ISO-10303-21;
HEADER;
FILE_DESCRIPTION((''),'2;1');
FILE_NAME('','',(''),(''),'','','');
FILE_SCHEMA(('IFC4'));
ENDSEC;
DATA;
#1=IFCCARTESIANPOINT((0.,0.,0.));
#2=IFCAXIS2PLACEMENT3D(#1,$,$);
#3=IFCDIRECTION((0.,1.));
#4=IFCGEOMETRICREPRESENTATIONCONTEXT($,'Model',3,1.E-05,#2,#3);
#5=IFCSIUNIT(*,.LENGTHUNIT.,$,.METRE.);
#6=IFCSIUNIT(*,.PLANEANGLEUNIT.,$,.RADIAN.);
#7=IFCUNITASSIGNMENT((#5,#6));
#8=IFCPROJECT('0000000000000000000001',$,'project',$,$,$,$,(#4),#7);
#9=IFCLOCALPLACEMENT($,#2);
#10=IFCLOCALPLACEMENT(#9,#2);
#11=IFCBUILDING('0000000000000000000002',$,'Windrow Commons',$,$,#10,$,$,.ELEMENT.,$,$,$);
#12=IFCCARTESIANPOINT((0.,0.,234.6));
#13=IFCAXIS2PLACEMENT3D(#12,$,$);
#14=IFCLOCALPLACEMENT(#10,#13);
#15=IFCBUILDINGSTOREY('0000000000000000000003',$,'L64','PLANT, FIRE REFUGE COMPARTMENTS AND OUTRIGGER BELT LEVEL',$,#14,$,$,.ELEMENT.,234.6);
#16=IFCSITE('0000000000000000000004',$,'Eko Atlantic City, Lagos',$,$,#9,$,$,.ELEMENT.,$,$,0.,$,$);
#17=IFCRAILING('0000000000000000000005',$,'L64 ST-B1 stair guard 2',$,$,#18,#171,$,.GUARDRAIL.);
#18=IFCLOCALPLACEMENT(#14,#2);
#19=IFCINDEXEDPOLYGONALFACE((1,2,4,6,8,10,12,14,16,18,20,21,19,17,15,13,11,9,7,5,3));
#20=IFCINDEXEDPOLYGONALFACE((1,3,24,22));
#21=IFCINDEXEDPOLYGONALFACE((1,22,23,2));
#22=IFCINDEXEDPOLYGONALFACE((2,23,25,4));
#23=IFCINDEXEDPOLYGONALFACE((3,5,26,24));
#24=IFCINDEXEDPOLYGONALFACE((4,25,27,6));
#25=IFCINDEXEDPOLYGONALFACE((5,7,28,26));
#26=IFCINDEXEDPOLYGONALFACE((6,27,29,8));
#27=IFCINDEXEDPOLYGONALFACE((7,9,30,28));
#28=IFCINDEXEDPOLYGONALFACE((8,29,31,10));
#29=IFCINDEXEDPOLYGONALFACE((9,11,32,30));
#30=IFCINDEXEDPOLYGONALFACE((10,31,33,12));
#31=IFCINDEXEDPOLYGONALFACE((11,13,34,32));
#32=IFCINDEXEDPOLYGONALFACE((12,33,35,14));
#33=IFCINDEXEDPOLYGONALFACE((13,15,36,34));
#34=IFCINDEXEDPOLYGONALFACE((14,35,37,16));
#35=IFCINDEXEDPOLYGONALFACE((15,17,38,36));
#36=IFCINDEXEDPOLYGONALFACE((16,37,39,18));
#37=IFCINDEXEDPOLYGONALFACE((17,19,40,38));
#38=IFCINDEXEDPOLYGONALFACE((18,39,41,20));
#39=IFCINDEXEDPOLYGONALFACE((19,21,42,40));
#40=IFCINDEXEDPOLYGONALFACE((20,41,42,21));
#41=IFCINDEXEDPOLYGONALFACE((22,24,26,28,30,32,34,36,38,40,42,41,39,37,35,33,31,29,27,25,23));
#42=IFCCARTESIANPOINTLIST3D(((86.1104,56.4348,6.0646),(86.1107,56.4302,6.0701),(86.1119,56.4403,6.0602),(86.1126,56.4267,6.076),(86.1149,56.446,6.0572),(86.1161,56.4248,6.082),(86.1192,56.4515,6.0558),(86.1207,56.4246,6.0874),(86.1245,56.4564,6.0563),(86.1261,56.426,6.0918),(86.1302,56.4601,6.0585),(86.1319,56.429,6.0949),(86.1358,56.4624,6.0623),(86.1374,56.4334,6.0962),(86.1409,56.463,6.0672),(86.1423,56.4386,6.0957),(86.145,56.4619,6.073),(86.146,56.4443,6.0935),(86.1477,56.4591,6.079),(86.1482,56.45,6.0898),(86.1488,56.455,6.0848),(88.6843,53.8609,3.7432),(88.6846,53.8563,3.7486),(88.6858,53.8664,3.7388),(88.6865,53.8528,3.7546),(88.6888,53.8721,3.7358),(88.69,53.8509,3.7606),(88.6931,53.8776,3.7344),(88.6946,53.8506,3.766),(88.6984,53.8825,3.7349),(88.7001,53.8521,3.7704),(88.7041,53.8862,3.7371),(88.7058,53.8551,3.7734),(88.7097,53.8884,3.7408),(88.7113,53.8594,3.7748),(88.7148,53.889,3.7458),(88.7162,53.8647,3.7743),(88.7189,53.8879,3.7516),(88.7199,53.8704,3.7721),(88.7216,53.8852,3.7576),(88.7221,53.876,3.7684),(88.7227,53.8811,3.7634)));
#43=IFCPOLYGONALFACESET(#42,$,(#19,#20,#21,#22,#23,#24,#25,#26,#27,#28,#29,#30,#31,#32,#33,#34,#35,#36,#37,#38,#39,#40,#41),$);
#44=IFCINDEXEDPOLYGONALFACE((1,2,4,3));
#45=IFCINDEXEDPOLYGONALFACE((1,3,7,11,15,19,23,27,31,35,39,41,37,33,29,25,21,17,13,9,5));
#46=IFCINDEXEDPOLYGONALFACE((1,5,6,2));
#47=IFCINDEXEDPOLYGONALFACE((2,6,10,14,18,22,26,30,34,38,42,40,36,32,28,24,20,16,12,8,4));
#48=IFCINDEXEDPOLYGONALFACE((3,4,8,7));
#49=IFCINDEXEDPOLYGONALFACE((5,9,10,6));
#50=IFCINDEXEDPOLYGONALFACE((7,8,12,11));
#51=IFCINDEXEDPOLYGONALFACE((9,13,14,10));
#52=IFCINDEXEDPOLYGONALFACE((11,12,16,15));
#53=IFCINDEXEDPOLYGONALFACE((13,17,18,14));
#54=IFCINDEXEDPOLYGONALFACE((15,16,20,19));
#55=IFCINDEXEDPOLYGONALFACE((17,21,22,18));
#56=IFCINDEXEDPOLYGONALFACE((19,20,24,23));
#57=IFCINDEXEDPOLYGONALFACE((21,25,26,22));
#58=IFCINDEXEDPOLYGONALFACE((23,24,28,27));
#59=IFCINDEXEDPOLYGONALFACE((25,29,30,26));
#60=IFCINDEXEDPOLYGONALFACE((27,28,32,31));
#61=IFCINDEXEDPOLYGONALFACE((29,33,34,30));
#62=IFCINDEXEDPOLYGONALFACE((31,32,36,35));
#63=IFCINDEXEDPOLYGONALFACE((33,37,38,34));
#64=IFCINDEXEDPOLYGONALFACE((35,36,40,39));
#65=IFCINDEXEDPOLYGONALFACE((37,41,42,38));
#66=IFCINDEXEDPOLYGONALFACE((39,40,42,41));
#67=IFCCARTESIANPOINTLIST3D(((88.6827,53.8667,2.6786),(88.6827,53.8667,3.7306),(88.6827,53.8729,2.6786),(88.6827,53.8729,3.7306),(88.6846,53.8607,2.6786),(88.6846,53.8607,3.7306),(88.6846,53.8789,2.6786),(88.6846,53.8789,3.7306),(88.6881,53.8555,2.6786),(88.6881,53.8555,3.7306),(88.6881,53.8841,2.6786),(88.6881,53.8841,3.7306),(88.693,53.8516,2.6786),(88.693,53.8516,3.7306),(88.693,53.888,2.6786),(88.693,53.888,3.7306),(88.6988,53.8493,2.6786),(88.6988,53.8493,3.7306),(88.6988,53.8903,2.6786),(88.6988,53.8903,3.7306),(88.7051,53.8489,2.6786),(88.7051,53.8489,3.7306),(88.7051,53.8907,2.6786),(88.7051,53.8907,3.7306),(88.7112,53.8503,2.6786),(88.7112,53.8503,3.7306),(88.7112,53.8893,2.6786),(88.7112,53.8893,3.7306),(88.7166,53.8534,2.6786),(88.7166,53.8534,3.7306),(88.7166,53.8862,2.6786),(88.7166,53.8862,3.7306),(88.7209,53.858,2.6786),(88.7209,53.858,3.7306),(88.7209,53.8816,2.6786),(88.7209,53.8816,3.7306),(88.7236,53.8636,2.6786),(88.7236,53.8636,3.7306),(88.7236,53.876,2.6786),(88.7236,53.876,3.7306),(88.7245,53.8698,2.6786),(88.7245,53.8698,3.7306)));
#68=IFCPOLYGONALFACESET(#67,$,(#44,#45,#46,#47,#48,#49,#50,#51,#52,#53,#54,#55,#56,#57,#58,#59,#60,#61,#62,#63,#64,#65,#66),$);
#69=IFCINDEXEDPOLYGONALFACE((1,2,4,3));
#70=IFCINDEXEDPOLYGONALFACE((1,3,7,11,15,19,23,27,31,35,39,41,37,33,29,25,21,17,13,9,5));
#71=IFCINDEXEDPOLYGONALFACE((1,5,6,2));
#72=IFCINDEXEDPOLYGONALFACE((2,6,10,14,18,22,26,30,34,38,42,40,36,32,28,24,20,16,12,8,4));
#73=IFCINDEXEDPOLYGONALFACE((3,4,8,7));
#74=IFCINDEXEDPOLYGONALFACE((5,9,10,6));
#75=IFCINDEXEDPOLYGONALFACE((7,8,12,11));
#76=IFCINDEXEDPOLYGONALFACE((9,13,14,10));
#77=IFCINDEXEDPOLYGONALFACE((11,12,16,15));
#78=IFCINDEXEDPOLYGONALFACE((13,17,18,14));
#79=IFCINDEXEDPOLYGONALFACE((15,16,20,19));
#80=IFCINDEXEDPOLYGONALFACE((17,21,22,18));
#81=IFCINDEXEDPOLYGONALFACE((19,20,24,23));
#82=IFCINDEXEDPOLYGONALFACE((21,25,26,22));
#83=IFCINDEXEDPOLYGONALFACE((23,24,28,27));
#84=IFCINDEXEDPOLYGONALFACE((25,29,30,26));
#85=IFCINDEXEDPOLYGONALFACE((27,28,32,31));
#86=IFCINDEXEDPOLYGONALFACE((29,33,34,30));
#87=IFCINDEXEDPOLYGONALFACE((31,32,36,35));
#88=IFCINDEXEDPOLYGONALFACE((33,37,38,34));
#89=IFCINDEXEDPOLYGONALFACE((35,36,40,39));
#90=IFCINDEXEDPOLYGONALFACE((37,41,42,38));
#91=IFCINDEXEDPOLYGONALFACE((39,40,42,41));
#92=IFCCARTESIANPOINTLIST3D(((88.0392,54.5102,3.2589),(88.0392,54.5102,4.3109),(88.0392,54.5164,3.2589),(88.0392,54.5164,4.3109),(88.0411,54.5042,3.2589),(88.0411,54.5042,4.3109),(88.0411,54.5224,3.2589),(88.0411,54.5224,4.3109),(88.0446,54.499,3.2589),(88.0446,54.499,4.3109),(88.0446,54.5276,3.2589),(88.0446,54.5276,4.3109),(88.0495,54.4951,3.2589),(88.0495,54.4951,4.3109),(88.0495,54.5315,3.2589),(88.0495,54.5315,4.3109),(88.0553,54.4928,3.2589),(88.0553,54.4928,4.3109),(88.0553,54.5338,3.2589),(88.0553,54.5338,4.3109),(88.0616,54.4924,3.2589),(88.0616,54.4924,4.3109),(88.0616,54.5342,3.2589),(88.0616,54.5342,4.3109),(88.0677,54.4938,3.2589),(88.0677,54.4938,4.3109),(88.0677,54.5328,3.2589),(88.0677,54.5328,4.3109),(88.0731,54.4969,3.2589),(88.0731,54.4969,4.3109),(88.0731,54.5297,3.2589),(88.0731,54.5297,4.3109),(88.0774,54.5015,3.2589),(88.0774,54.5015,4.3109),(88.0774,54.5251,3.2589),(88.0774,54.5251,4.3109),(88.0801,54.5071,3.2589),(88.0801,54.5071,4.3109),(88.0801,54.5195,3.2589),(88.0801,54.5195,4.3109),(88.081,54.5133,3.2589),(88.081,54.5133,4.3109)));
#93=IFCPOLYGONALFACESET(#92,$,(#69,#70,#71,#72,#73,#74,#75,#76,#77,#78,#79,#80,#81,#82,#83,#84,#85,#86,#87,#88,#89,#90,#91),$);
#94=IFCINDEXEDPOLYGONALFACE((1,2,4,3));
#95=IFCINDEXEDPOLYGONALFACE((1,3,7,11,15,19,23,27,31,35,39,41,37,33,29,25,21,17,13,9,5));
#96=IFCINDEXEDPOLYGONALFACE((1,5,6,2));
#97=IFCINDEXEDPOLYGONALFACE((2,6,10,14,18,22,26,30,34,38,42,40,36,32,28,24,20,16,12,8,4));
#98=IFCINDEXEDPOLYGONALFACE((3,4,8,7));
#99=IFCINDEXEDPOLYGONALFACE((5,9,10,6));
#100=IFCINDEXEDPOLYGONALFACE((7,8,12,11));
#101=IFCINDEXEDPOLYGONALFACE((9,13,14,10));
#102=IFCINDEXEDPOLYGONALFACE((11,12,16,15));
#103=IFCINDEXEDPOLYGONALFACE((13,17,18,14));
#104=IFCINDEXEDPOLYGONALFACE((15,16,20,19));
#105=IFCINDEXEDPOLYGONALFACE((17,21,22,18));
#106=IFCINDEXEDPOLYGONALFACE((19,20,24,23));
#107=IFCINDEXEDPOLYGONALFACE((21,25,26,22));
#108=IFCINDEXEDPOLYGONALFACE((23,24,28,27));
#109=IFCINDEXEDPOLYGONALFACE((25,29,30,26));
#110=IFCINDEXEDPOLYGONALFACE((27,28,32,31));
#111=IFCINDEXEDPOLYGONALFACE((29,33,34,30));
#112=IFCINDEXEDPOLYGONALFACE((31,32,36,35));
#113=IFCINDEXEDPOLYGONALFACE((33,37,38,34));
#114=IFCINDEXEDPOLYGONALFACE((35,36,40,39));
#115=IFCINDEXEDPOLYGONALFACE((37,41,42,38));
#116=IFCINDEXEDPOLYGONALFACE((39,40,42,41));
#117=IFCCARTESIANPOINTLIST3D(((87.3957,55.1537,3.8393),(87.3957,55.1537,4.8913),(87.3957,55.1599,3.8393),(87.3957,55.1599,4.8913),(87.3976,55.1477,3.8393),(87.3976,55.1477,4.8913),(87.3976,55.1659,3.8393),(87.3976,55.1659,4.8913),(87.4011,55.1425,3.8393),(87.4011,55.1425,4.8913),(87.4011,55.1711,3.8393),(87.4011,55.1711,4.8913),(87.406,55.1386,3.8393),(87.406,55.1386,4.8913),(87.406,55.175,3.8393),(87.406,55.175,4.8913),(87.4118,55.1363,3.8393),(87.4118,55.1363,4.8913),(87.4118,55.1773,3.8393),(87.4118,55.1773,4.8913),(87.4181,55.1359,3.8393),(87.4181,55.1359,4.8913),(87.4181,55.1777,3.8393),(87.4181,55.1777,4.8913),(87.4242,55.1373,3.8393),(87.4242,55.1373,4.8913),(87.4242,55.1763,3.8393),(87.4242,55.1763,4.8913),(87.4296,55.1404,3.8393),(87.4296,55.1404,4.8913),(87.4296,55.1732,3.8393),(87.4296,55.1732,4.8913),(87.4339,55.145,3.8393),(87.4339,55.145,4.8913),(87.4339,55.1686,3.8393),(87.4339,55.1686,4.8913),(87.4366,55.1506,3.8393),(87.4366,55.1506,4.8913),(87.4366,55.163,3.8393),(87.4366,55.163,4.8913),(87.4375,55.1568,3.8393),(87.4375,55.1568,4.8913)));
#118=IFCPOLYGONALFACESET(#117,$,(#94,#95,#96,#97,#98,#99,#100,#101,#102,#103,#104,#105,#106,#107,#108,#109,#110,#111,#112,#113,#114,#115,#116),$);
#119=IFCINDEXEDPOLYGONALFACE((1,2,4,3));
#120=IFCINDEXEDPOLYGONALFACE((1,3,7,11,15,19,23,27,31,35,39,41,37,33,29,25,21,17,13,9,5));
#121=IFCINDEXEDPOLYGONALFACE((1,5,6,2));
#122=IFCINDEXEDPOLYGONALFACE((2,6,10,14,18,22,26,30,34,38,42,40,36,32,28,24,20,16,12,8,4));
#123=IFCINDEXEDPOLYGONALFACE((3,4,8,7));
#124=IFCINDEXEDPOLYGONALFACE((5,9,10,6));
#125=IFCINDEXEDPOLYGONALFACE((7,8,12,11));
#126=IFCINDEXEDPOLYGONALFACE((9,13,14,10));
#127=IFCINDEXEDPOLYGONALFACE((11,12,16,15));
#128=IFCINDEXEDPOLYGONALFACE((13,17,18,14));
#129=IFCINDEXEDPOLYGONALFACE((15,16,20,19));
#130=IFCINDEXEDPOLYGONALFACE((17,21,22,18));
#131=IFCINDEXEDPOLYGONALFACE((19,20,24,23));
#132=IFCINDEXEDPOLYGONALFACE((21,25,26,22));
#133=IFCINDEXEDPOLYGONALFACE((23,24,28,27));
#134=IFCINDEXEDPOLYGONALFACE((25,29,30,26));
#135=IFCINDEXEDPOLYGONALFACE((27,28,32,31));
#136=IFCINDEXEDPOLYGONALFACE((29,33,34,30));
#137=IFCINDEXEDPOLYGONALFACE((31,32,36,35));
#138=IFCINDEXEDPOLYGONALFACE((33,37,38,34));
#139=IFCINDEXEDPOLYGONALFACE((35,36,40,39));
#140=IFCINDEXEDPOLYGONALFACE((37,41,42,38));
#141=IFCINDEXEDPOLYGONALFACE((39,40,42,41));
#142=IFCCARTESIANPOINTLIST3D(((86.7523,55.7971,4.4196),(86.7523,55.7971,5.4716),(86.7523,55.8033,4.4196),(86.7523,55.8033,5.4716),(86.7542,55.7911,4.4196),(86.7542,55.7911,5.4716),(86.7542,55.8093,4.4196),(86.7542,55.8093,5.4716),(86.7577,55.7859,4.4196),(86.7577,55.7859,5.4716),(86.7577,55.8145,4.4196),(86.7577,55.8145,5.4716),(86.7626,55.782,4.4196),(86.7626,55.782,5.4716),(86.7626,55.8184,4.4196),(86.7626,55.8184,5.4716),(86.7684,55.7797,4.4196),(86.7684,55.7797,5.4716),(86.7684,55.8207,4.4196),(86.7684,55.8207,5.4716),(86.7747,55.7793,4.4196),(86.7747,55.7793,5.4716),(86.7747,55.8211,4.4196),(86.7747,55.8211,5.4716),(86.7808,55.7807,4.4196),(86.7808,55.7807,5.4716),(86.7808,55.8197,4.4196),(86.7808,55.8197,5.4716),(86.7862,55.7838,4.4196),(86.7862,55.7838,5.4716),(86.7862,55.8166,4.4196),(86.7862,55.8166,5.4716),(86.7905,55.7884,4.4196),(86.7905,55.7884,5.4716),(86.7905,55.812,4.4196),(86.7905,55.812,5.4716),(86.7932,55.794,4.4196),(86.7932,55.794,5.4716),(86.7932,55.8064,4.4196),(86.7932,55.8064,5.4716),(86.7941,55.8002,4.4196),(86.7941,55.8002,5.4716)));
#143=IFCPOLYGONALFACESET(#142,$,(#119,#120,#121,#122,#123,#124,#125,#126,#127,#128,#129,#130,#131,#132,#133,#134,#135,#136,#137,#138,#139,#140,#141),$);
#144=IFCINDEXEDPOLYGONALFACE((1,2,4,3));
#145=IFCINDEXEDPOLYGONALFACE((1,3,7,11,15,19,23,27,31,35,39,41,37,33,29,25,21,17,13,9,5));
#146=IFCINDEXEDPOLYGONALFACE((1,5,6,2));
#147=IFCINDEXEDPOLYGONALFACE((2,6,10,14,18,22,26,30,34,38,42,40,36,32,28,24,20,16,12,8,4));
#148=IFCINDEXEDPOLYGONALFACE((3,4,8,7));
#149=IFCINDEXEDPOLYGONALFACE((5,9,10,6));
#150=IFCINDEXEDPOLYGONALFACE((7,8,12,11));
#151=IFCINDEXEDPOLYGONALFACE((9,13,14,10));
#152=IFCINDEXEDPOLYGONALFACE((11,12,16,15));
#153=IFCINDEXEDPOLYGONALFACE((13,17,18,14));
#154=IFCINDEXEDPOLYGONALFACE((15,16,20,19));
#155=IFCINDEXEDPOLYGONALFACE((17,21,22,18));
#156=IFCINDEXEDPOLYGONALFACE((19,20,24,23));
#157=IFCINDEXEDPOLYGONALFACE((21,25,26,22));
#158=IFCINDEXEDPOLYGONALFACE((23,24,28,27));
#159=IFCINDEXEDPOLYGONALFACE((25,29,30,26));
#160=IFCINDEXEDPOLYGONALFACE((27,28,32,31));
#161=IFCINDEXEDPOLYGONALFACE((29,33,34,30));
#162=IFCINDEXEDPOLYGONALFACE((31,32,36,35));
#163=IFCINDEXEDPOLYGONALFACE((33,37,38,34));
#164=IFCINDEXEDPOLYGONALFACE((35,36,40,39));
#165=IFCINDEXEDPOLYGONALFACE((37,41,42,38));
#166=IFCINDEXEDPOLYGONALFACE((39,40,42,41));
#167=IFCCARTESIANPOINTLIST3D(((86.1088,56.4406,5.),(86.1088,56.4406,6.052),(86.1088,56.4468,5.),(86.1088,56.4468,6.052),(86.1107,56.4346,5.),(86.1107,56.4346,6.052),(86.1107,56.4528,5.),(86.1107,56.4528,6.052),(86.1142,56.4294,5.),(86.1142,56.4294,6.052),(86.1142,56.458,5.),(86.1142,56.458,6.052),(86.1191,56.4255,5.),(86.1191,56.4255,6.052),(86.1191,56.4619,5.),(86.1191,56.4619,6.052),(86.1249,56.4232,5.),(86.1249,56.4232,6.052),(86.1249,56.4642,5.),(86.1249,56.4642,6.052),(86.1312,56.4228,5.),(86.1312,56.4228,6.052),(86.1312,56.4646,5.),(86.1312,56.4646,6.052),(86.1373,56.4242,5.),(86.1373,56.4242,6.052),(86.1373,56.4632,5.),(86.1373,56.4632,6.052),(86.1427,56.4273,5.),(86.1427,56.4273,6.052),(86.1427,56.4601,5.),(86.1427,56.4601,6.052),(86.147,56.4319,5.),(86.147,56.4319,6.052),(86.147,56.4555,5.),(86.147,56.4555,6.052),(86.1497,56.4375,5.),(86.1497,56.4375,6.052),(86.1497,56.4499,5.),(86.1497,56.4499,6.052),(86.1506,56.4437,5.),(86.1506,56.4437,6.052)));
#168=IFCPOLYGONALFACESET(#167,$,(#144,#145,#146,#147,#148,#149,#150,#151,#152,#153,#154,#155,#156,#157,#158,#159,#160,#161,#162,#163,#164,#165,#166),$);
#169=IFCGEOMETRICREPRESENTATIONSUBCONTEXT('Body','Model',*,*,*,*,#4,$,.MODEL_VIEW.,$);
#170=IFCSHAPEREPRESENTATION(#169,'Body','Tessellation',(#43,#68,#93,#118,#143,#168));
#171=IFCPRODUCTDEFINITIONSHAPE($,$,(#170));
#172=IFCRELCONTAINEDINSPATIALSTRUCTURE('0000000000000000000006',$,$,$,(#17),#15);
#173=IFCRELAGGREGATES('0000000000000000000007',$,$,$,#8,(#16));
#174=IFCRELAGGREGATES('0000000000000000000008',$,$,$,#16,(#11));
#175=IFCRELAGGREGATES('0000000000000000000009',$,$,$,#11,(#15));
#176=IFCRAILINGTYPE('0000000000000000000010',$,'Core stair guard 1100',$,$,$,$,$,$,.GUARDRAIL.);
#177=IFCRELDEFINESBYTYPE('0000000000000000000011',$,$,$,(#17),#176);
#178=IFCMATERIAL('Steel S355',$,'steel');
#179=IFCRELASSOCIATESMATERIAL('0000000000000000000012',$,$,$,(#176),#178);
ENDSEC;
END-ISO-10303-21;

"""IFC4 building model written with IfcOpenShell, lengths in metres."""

from ifc_helpers import new_model, si_unit, direction, frame, origin, origin_2d, place, context, subcontext, project, spatial, circle, extrude, material, type_object, element, save


model = new_model("IFC4")

# Units and contexts
model_context = context("Model", 3, precision=1e-05, world=origin(), true_north=direction((0.0, 1.0)))
body_context = subcontext(model_context, "Body", "Model", "MODEL_VIEW")
ifc_project = project(units=[si_unit("LENGTHUNIT", "METRE"), si_unit("PLANEANGLEUNIT", "RADIAN")], contexts=[model_context])

# Site, building, storey
site_placement = place(None, origin())
site = spatial("IfcSite", under=ifc_project, at=site_placement, Name="Eko Atlantic City, Lagos", CompositionType="ELEMENT", RefElevation=0.0)
building_placement = place(site_placement, origin())
building = spatial("IfcBuilding", under=site, at=building_placement, Name="Windrow Commons", CompositionType="ELEMENT")
storey_placement = place(building_placement, frame((0.0, 0.0, 234.6)))
storey = spatial("IfcBuildingStorey", under=building, at=storey_placement, Name="L64", Description="PLANT, FIRE REFUGE COMPARTMENTS AND OUTRIGGER BELT LEVEL", CompositionType="ELEMENT", Elevation=234.6)

# Railing
ifc_material_1 = material(Name="Steel S355", Category="steel")
railing_type = type_object("IfcRailingType", Name="Core stair guard 1100", PredefinedType="GUARDRAIL", material=ifc_material_1)
railing_placement = place(storey_placement, frame((88.7035, 53.8698, 2.6786)))
element("IfcRailing", 1, at=railing_placement, inside=storey, type_object=railing_type, Name="L64 ST-B1 stair guard 2", PredefinedType="GUARDRAIL", context=body_context, shape_type="SweptSolid", body=[
    extrude(circle(Radius=0.024, at=origin_2d()), frame((0.0, 0.0, 1.076), z_axis=(-0.596187, 0.596187, 0.537701), x_axis=(-0.707107, -0.707107, 0.0)), (0.0, 0.0, 1.0), 4.3173),
    extrude(circle(Radius=0.021, at=origin_2d()), origin(), (0.0, 0.0, 1.0), 1.052),
    extrude(circle(Radius=0.021, at=origin_2d()), frame((-0.6435, 0.6435, 0.5803)), (0.0, 0.0, 1.0), 1.052),
    extrude(circle(Radius=0.021, at=origin_2d()), frame((-1.287, 1.287, 1.1607)), (0.0, 0.0, 1.0), 1.052),
    extrude(circle(Radius=0.021, at=origin_2d()), frame((-1.9304, 1.9304, 1.741)), (0.0, 0.0, 1.0), 1.052),
    extrude(circle(Radius=0.021, at=origin_2d()), frame((-2.5739, 2.5739, 2.3214)), (0.0, 0.0, 1.0), 1.052),
])

save(model, "model.ifc")
